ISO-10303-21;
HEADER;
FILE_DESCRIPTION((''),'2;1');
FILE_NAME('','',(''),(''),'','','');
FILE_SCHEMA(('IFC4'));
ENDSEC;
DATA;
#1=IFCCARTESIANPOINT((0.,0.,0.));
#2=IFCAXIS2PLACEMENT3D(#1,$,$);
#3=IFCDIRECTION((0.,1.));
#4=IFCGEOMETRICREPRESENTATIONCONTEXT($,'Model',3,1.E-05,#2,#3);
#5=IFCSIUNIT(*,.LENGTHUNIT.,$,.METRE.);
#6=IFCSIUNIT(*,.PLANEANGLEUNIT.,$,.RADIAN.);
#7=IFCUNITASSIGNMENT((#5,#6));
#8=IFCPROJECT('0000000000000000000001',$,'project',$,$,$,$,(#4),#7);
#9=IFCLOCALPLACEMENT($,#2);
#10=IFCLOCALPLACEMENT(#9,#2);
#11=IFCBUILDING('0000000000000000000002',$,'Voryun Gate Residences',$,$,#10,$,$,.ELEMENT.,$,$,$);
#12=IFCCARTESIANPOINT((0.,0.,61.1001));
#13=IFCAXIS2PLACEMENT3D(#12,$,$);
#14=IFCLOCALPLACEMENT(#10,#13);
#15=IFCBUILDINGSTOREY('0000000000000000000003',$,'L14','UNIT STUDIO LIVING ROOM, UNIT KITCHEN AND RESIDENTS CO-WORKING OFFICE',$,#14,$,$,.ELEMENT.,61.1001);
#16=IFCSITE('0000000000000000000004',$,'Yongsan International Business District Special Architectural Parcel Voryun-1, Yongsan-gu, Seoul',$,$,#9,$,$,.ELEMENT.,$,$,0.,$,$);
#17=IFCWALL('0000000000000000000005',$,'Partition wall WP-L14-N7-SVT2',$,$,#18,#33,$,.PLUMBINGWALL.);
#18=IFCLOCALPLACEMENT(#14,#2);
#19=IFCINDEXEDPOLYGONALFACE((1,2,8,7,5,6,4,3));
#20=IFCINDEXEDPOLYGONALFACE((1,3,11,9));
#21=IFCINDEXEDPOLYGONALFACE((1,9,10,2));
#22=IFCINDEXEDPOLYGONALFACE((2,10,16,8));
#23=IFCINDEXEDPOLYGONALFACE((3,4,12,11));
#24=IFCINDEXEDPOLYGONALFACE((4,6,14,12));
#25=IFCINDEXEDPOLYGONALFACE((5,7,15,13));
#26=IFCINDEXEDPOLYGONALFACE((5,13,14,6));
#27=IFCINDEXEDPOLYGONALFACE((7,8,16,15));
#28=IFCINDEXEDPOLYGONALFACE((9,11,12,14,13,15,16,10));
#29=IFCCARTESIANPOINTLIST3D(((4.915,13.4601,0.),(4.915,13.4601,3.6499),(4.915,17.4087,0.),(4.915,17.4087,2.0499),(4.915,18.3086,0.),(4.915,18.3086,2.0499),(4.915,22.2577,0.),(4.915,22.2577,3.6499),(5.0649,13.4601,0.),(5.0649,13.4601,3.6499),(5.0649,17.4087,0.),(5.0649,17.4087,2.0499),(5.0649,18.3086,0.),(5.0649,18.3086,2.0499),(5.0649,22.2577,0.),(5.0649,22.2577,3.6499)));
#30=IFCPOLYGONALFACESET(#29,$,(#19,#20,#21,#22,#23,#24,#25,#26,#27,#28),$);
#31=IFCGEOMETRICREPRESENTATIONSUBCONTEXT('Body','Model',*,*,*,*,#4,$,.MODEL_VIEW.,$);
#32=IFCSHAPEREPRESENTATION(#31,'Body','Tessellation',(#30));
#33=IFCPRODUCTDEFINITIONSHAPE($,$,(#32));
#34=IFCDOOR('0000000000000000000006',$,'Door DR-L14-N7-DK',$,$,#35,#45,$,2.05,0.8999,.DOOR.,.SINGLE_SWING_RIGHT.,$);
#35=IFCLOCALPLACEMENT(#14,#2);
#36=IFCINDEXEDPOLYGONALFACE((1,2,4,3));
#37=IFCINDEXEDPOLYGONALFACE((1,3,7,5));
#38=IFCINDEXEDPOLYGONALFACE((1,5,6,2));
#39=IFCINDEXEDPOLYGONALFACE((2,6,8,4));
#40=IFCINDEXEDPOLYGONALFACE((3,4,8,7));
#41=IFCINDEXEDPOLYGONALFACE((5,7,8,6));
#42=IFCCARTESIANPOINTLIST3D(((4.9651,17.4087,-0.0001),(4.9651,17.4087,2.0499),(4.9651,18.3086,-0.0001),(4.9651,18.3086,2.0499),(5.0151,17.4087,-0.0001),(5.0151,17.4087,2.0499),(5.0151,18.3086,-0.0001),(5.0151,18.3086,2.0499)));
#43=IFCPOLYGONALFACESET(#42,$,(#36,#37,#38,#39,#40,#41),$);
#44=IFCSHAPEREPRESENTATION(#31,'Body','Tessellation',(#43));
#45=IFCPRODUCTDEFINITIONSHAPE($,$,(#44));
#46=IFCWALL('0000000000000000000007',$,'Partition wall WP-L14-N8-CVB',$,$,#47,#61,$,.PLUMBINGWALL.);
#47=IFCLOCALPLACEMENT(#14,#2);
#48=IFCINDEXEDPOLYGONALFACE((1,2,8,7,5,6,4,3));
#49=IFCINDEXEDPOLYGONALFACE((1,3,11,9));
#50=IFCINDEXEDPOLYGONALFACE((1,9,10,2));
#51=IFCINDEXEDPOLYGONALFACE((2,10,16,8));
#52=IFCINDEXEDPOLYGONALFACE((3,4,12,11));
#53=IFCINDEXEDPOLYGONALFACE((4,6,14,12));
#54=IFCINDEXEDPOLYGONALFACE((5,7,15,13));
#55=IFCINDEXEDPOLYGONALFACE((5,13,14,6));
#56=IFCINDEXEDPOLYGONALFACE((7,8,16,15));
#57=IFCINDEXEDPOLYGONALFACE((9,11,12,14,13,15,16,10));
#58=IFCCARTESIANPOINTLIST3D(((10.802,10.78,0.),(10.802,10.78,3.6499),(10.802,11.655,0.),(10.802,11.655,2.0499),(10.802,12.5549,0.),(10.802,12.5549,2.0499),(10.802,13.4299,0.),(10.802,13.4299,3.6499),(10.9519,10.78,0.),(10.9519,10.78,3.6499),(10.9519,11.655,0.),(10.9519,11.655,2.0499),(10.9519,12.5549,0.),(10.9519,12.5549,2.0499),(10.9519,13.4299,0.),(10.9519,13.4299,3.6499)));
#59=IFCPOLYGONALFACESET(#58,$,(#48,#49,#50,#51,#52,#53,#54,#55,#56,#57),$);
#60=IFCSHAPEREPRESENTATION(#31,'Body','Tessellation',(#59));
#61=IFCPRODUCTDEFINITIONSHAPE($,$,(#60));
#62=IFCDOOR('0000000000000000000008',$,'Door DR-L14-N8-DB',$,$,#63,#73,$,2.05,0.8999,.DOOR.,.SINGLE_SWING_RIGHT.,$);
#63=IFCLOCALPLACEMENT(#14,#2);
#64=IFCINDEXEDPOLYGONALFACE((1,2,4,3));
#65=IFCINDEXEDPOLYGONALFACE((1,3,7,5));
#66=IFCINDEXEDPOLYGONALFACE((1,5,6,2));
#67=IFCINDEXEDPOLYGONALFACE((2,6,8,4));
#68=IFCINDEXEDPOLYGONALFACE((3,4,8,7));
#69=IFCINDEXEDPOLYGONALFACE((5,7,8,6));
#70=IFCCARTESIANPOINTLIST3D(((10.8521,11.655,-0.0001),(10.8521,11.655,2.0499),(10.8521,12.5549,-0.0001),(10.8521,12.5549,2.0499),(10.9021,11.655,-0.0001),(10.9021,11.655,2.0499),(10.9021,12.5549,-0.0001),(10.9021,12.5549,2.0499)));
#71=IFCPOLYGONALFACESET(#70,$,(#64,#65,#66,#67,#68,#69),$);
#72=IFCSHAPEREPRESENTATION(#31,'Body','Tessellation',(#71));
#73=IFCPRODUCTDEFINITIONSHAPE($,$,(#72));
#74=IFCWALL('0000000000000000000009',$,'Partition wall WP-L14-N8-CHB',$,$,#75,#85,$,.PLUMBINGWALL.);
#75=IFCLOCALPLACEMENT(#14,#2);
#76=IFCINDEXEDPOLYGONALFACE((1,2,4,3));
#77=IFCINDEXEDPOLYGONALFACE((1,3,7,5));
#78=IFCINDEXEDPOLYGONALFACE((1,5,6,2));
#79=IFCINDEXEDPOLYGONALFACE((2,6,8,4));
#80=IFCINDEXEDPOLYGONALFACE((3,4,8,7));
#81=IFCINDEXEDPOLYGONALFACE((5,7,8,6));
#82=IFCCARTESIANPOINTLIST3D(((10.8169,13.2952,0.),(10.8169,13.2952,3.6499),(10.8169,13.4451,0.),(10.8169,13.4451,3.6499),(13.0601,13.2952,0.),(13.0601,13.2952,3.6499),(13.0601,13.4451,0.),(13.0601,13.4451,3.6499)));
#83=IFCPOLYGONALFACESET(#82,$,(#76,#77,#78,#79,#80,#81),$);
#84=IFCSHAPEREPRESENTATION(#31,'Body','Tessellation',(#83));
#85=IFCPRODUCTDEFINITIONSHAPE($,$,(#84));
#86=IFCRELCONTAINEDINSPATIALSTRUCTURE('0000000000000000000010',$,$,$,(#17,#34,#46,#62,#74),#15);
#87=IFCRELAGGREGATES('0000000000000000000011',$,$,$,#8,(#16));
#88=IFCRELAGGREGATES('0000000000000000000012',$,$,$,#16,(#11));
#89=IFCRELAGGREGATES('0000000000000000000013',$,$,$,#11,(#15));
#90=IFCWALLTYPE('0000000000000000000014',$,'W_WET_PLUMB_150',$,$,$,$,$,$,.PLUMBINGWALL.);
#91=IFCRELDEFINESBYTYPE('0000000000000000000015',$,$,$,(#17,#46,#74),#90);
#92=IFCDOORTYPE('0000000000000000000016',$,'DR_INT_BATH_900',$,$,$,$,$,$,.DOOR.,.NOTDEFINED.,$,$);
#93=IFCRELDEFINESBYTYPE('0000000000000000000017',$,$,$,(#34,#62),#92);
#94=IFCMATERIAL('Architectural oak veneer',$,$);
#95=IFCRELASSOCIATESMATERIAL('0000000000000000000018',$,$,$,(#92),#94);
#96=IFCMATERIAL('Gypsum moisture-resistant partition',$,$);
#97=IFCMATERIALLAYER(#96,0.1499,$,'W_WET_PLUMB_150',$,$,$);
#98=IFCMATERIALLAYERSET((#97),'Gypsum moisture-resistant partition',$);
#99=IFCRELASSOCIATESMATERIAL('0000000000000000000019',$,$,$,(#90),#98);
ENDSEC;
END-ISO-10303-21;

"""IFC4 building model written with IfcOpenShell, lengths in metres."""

from ifc_helpers import new_model, si_unit, direction, frame, frame_2d, origin, place, context, subcontext, project, spatial, rectangle, extrude, material, layer, layer_set, type_object, element, fill, save


model = new_model("IFC4")

# Units and contexts
model_context = context("Model", 3, precision=1e-05, world=origin(), true_north=direction((0.0, 1.0)))
body_context = subcontext(model_context, "Body", "Model", "MODEL_VIEW")
ifc_project = project(units=[si_unit("LENGTHUNIT", "METRE"), si_unit("PLANEANGLEUNIT", "RADIAN")], contexts=[model_context])

# Site, building, storey
site_placement = place(None, origin())
site = spatial("IfcSite", under=ifc_project, at=site_placement, Name="Yongsan International Business District Special Architectural Parcel Voryun-1, Yongsan-gu, Seoul", CompositionType="ELEMENT", RefElevation=0.0)
building_placement = place(site_placement, origin())
building = spatial("IfcBuilding", under=site, at=building_placement, Name="Voryun Gate Residences", CompositionType="ELEMENT")
storey_placement = place(building_placement, frame((0.0, 0.0, 61.1001)))
storey = spatial("IfcBuildingStorey", under=building, at=storey_placement, Name="L14", Description="UNIT STUDIO LIVING ROOM, UNIT KITCHEN AND RESIDENTS CO-WORKING OFFICE", CompositionType="ELEMENT", Elevation=61.1001)

# Shared definitions
ifc_material_1 = material(Name="Architectural oak veneer")
door_type = type_object("IfcDoorType", Name="DR_INT_BATH_900", OperationType="NOTDEFINED", PredefinedType="DOOR", material=ifc_material_1)

# Shared definitions
ifc_material_2 = material(Name="Gypsum moisture-resistant partition")
ifc_layer_1 = layer(ifc_material_2, 0.1499, Name="W_WET_PLUMB_150")
ifc_layer_set_1 = layer_set([ifc_layer_1], Name="Gypsum moisture-resistant partition")
wall_type_1 = type_object("IfcWallType", Name="W_WET_PLUMB_150", PredefinedType="PLUMBINGWALL", material=ifc_layer_set_1)

# Walls, openings, doors
wall_1_placement = place(storey_placement, frame((4.99, 13.46, 0.0), z_axis=(0.0, 0.0, 1.0), x_axis=(0.0, 1.0, 0.0)))
wall_1 = element("IfcWall", 1, at=wall_1_placement, inside=storey, type_object=wall_type_1, Name="Partition wall WP-L14-N7-SVT2", PredefinedType="PLUMBINGWALL", context=body_context, shape_type="SweptSolid", body=[
    extrude(rectangle(XDim=8.7976, YDim=0.1499, at=frame_2d((4.3989, 0.0))), origin(), (0.0, 0.0, 1.0), 3.6499),
])
opening_1_placement = place(wall_1_placement, frame((3.9487, 0.0, 0.0)))
opening_1 = element("IfcOpeningElement", 2, at=opening_1_placement, cuts=wall_1, PredefinedType="OPENING", context=body_context, shape_type="SweptSolid", body=[
    extrude(rectangle(XDim=0.8999, YDim=2.05, at=frame_2d((0.45, 1.0249))), frame((0.0, 0.085, 0.0), z_axis=(0.0, -1.0, 0.0), x_axis=(1.0, 0.0, 0.0)), (0.0, 0.0, 1.0), 0.1699),
])
door_1_placement = place(opening_1_placement, origin())
door_1 = element("IfcDoor", 3, at=door_1_placement, inside=storey, type_object=door_type, Name="Door DR-L14-N7-DK", OperationType="SINGLE_SWING_RIGHT", OverallHeight=2.05, OverallWidth=0.8999, PredefinedType="DOOR", context=body_context, shape_type="SweptSolid", body=[
    extrude(rectangle(XDim=0.8999, YDim=2.05, at=frame_2d((0.45, 1.0249))), frame((0.0, 0.0249, 0.0), z_axis=(0.0, -1.0, 0.0), x_axis=(1.0, 0.0, 0.0)), (0.0, 0.0, 1.0), 0.05),
])
fill(opening_1, door_1)
wall_2_placement = place(storey_placement, frame((10.877, 10.78, 0.0), z_axis=(0.0, 0.0, 1.0), x_axis=(0.0, 1.0, 0.0)))
wall_2 = element("IfcWall", 4, at=wall_2_placement, inside=storey, type_object=wall_type_1, Name="Partition wall WP-L14-N8-CVB", PredefinedType="PLUMBINGWALL", context=body_context, shape_type="SweptSolid", body=[
    extrude(rectangle(XDim=2.6499, YDim=0.1499, at=frame_2d((1.325, 0.0))), origin(), (0.0, 0.0, 1.0), 3.6499),
])
opening_2_placement = place(wall_2_placement, frame((0.875, 0.0, 0.0)))
opening_2 = element("IfcOpeningElement", 5, at=opening_2_placement, cuts=wall_2, PredefinedType="OPENING", context=body_context, shape_type="SweptSolid", body=[
    extrude(rectangle(XDim=0.8999, YDim=2.05, at=frame_2d((0.45, 1.0249))), frame((0.0, 0.085, 0.0), z_axis=(0.0, -1.0, 0.0), x_axis=(1.0, 0.0, 0.0)), (0.0, 0.0, 1.0), 0.1699),
])
door_2_placement = place(opening_2_placement, origin())
door_2 = element("IfcDoor", 6, at=door_2_placement, inside=storey, type_object=door_type, Name="Door DR-L14-N8-DB", OperationType="SINGLE_SWING_RIGHT", OverallHeight=2.05, OverallWidth=0.8999, PredefinedType="DOOR", context=body_context, shape_type="SweptSolid", body=[
    extrude(rectangle(XDim=0.8999, YDim=2.05, at=frame_2d((0.45, 1.0249))), frame((0.0, 0.0249, 0.0), z_axis=(0.0, -1.0, 0.0), x_axis=(1.0, 0.0, 0.0)), (0.0, 0.0, 1.0), 0.05),
])
fill(opening_2, door_2)

# Wall
wall_3_placement = place(storey_placement, frame((10.8169, 13.3701, 0.0), z_axis=(0.0, 0.0, 1.0), x_axis=(1.0, 0.0, 0.0)))
element("IfcWall", 7, at=wall_3_placement, inside=storey, type_object=wall_type_1, Name="Partition wall WP-L14-N8-CHB", PredefinedType="PLUMBINGWALL", context=body_context, shape_type="SweptSolid", body=[
    extrude(rectangle(XDim=2.2432, YDim=0.1499, at=frame_2d((1.1216, 0.0))), origin(), (0.0, 0.0, 1.0), 3.6499),
])

save(model, "model.ifc")
